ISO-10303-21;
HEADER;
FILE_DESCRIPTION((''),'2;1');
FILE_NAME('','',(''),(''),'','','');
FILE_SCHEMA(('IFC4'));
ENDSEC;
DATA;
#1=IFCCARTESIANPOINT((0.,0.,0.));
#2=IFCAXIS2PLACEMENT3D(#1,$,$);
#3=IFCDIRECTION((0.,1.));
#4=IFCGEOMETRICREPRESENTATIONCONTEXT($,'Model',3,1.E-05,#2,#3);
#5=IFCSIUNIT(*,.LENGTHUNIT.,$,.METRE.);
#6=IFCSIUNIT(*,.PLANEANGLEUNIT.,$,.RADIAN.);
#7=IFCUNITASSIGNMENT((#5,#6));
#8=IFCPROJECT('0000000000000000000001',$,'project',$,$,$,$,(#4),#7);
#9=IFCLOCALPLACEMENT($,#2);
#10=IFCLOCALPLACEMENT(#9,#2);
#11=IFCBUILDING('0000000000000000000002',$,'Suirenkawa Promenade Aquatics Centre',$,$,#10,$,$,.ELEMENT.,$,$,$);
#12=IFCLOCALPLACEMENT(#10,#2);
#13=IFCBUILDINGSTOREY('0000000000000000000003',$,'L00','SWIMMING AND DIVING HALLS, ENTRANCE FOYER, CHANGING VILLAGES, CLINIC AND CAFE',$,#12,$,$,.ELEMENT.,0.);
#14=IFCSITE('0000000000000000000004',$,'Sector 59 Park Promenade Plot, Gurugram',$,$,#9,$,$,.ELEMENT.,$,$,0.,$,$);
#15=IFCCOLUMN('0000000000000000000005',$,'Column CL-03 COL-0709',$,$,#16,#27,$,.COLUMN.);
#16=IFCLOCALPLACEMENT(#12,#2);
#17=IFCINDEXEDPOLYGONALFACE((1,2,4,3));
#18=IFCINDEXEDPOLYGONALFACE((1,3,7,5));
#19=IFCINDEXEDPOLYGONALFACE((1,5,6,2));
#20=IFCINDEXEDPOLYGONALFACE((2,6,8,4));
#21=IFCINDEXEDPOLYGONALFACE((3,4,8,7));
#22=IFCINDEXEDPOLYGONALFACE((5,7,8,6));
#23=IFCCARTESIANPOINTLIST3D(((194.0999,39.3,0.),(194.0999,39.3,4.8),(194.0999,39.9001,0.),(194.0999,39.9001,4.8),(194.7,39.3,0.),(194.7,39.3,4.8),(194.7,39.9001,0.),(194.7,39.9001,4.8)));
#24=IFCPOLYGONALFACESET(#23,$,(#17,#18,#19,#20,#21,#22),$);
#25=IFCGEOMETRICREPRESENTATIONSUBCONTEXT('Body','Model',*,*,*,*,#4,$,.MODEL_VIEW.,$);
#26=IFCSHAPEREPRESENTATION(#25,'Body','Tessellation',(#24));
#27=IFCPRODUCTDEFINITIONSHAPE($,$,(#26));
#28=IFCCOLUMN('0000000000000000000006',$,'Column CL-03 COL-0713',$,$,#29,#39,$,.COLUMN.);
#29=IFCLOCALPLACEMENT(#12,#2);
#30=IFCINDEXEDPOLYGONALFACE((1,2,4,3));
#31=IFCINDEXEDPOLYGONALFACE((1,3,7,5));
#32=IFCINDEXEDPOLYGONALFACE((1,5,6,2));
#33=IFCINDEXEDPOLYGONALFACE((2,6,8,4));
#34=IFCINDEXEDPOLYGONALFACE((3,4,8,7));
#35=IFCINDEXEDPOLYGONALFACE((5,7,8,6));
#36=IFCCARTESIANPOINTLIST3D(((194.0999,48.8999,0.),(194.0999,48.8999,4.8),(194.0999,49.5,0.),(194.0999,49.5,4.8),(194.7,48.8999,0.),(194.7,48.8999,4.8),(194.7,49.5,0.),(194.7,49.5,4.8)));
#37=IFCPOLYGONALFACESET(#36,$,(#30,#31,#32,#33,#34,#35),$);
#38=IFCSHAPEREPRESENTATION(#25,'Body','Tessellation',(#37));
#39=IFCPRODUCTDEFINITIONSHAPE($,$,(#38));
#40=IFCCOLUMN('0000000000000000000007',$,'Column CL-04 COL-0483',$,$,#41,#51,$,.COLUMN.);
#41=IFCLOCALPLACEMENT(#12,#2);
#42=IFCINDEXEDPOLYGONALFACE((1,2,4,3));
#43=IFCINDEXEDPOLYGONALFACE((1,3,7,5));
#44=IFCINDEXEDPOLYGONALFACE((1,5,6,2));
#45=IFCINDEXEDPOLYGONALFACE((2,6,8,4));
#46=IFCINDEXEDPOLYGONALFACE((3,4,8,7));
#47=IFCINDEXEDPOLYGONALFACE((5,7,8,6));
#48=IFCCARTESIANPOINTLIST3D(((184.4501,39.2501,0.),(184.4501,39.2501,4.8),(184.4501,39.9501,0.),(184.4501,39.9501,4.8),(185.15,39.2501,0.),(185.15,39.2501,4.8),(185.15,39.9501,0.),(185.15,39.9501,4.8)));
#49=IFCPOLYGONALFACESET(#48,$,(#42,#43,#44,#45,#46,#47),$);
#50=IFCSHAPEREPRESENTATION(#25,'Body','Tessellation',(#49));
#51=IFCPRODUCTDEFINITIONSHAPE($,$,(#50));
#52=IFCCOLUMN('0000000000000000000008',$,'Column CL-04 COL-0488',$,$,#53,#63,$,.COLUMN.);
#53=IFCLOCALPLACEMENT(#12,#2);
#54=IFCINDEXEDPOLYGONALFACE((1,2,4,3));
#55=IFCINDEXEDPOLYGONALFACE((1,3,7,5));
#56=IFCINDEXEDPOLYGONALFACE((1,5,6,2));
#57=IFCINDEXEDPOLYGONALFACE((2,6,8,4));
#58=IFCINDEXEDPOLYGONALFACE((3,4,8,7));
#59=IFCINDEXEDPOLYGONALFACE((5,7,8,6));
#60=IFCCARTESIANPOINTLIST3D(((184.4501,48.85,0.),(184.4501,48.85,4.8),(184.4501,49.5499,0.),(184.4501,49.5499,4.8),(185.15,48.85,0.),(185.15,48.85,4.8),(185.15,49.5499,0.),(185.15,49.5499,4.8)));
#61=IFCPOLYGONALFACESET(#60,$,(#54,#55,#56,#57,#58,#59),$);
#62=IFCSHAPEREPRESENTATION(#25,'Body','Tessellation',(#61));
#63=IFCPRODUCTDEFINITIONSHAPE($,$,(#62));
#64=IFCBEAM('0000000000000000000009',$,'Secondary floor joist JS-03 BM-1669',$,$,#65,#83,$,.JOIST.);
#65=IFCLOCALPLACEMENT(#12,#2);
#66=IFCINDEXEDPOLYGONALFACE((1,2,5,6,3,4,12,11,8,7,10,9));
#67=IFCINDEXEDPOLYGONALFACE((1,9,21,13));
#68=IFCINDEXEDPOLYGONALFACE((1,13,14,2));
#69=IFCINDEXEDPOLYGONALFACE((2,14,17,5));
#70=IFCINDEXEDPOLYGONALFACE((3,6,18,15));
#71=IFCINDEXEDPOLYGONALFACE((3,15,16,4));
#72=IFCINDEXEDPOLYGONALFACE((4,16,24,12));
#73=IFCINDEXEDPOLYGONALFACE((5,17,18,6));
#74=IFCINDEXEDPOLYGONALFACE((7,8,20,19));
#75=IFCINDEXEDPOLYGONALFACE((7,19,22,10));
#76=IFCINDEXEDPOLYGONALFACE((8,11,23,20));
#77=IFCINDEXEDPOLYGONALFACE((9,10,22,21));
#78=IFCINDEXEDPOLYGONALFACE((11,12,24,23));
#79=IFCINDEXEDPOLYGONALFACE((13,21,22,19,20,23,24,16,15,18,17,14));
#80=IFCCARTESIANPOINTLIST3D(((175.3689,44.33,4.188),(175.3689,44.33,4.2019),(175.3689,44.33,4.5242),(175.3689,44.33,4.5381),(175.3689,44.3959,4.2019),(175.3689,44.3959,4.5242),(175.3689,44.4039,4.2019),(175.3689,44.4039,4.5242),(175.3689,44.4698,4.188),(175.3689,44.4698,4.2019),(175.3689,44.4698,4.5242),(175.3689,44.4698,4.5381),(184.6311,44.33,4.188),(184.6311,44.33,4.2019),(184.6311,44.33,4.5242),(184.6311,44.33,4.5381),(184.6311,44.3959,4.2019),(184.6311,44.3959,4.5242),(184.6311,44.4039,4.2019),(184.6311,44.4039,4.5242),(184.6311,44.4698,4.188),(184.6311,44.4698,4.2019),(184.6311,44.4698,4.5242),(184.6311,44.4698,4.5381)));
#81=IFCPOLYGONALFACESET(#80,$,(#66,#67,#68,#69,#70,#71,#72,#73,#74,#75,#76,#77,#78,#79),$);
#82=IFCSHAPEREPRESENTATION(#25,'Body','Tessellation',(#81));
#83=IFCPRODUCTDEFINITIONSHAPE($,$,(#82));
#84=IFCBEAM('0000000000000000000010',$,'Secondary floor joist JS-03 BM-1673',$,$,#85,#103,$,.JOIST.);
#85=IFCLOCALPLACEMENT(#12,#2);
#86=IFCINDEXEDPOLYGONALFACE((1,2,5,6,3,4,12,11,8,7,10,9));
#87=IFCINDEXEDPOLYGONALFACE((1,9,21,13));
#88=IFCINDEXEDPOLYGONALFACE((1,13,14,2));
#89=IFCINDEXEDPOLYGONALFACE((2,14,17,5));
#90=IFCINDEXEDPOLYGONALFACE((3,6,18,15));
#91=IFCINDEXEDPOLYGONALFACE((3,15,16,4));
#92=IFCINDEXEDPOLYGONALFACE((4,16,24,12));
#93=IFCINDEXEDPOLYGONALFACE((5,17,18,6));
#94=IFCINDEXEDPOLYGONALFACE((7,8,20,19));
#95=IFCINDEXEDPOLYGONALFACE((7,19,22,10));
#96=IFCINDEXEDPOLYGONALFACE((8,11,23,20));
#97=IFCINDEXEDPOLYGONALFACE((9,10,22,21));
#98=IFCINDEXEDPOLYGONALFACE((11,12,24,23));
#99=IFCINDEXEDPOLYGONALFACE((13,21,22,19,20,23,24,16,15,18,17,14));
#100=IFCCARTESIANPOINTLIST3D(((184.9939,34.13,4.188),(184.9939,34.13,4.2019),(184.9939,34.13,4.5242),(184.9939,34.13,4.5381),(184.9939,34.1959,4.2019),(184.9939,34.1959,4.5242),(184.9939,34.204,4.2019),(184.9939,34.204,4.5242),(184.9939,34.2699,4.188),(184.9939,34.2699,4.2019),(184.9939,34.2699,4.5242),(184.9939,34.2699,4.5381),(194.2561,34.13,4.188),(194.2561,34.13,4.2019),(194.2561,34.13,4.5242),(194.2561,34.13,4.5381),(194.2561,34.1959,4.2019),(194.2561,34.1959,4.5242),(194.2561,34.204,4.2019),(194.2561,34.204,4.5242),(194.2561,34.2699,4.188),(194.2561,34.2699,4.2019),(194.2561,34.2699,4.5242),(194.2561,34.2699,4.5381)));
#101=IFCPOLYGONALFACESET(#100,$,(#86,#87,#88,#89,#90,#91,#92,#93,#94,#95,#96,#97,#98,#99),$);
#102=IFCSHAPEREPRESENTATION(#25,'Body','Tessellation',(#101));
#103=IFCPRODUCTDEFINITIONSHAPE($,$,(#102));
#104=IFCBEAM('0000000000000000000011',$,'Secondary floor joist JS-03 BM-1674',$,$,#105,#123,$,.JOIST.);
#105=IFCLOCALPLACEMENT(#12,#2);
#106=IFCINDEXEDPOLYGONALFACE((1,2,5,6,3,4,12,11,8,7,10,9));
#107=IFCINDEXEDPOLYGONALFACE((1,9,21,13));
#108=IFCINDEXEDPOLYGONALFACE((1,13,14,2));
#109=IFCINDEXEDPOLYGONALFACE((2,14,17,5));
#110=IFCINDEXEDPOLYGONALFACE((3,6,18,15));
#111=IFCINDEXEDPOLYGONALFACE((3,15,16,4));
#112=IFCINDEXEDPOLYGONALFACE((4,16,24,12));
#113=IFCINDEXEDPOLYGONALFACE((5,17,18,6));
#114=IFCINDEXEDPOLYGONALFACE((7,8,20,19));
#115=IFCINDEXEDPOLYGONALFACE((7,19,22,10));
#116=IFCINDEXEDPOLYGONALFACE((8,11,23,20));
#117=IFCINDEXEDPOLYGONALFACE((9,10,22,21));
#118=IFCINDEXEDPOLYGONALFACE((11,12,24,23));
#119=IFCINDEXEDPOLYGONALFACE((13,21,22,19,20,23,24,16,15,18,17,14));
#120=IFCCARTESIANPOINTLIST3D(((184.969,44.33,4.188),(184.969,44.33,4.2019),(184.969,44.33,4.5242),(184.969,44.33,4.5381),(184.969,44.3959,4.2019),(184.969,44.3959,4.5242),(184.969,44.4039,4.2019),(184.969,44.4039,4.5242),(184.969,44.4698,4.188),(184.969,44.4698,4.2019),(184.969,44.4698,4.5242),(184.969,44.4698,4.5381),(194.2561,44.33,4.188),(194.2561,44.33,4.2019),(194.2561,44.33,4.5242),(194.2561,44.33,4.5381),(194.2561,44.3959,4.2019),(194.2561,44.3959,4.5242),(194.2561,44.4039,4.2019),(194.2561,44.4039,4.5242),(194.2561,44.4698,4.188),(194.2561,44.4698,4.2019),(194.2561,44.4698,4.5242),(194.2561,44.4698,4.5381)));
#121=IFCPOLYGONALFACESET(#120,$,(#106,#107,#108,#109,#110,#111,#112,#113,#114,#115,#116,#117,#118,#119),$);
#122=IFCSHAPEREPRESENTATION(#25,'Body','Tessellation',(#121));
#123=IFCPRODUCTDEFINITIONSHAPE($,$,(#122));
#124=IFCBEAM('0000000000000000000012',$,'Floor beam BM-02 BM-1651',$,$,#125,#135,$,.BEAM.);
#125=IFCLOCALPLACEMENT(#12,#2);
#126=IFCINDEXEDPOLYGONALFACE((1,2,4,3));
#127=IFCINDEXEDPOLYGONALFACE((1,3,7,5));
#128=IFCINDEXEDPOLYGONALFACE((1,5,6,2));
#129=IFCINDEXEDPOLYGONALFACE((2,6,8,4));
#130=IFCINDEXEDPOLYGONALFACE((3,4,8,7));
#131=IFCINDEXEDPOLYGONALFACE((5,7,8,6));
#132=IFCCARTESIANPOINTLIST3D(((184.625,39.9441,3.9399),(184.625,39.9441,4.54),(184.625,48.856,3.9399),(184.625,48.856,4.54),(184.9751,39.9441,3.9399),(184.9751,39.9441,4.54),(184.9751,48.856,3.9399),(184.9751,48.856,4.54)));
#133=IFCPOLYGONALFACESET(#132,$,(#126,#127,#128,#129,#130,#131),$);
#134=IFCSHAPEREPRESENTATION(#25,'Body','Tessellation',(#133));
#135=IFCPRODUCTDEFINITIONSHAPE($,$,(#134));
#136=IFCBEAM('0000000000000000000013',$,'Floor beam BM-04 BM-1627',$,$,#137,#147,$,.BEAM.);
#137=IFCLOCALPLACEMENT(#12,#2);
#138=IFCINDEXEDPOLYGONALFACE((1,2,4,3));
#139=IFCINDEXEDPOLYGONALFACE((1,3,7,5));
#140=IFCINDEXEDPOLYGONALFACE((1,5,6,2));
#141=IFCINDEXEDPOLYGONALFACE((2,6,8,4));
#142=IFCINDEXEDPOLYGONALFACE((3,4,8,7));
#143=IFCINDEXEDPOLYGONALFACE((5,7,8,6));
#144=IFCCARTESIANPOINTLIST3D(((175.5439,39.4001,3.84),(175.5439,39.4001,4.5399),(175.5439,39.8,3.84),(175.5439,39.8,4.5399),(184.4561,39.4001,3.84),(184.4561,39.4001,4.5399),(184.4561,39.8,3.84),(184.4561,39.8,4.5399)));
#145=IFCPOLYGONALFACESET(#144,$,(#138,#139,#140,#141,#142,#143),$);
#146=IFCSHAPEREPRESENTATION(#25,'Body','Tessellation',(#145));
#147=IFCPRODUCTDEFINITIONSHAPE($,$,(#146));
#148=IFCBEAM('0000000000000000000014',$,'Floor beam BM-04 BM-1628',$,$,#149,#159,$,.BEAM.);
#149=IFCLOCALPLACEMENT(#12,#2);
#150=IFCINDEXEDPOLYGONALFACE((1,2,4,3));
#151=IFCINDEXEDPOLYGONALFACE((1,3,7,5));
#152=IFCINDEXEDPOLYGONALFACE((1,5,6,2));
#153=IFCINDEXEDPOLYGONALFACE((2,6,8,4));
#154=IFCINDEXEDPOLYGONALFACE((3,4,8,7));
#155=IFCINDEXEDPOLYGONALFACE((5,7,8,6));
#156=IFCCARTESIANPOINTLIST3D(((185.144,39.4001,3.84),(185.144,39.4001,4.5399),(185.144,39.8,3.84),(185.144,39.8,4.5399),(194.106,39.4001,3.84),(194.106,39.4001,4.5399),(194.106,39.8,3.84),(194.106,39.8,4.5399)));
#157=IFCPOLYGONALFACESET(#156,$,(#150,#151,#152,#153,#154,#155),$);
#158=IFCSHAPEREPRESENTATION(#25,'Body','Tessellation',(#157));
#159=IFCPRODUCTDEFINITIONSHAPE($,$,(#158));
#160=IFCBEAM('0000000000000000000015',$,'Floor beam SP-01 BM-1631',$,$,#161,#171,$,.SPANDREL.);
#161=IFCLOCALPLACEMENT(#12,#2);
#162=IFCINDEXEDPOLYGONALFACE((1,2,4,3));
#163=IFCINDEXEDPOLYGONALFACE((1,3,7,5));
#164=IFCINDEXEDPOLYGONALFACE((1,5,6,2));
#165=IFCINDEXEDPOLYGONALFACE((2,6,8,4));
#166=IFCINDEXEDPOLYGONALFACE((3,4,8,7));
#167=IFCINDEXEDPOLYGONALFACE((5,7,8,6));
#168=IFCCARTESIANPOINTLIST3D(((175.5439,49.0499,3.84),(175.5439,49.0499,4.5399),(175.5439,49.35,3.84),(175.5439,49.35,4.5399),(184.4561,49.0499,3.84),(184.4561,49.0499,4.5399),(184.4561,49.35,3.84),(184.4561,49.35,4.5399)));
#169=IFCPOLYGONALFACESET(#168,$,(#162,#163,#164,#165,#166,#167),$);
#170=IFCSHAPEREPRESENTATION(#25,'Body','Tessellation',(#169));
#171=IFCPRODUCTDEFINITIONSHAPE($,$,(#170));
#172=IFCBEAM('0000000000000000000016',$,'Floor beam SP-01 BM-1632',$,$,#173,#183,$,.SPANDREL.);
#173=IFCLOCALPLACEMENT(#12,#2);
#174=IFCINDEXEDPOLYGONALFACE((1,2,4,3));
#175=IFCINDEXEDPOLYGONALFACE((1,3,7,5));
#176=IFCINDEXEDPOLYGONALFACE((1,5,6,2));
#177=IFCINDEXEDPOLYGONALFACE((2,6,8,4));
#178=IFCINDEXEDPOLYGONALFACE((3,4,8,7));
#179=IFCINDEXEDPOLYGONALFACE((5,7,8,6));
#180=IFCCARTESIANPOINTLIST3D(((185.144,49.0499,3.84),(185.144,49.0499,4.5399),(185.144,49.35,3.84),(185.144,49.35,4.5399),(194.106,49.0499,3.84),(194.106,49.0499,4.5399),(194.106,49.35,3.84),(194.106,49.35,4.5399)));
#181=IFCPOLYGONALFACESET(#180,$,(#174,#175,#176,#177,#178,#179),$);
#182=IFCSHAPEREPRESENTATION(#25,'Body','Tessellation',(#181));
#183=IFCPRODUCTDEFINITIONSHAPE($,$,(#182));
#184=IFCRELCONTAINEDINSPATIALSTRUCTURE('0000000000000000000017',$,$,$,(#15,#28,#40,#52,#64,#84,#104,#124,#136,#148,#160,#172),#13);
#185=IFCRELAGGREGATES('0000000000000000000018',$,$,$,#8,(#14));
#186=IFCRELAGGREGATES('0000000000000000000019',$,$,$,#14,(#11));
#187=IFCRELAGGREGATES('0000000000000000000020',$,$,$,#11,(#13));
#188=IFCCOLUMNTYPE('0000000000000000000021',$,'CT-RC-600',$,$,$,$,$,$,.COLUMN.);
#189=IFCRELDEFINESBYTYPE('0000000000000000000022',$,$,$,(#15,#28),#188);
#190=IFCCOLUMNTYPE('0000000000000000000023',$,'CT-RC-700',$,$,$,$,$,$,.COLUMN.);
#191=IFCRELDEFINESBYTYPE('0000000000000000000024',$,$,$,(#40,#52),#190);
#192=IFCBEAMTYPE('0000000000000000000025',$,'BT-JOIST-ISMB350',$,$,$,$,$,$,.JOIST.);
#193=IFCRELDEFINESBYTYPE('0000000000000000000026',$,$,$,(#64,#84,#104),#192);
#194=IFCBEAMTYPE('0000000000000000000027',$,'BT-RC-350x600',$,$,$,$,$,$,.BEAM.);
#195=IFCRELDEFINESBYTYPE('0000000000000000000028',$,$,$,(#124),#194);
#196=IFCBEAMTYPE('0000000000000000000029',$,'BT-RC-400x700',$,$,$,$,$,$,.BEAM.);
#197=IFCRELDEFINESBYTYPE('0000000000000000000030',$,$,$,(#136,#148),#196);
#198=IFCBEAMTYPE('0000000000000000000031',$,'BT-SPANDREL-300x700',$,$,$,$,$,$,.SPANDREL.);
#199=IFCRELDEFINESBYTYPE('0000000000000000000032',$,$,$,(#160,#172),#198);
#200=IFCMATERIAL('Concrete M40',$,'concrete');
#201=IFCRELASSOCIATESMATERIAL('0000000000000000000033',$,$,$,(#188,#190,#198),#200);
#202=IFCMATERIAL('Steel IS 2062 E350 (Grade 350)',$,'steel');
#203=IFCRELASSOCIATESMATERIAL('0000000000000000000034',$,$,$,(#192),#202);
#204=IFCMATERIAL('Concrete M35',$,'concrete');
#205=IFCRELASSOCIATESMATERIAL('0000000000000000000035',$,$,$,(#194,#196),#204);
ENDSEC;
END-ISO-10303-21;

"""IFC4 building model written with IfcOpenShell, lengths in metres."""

from ifc_helpers import new_model, si_unit, direction, frame, origin, origin_2d, place, context, subcontext, project, spatial, rectangle, i_section, extrude, material, material_profile, profile_set, type_object, element, save


model = new_model("IFC4")

# Units and contexts
model_context = context("Model", 3, precision=1e-05, world=origin(), true_north=direction((0.0, 1.0)))
body_context = subcontext(model_context, "Body", "Model", "MODEL_VIEW")
ifc_project = project(units=[si_unit("LENGTHUNIT", "METRE"), si_unit("PLANEANGLEUNIT", "RADIAN")], contexts=[model_context])

# Site, building, storey
site_placement = place(None, origin())
site = spatial("IfcSite", under=ifc_project, at=site_placement, Name="Sector 59 Park Promenade Plot, Gurugram", CompositionType="ELEMENT", RefElevation=0.0)
building_placement = place(site_placement, origin())
building = spatial("IfcBuilding", under=site, at=building_placement, Name="Suirenkawa Promenade Aquatics Centre", CompositionType="ELEMENT")
storey_placement = place(building_placement, origin())
storey = spatial("IfcBuildingStorey", under=building, at=storey_placement, Name="L00", Description="SWIMMING AND DIVING HALLS, ENTRANCE FOYER, CHANGING VILLAGES, CLINIC AND CAFE", CompositionType="ELEMENT", Elevation=0.0)

# Columns
ifc_material_1 = material(Name="Concrete M40", Category="concrete")
ifc_material_profile_1 = material_profile(ifc_material_1, rectangle(XDim=0.6001, YDim=0.6001, at=origin_2d()), Name="RC COL 600x600", Category="concrete")
ifc_profile_set_1 = profile_set([ifc_material_profile_1], Name="Concrete M40")
column_type_1 = type_object("IfcColumnType", Name="CT-RC-600", PredefinedType="COLUMN", material=ifc_profile_set_1)
for number, where, z_axis, x_axis, name in (
    (1, (194.3999, 39.6001, 0.0), (0.0, 0.0, 1.0), (1.0, 0.0, 0.0), "Column CL-03 COL-0709"),
    (2, (194.3999, 49.2, 0.0), (0.0, 0.0, 1.0), (1.0, 0.0, 0.0), "Column CL-03 COL-0713"),
):
    element("IfcColumn", number, at=place(storey_placement, frame(where, z_axis=z_axis, x_axis=x_axis)), inside=storey, type_object=column_type_1, Name=name, PredefinedType="COLUMN", context=body_context, shape_type="SweptSolid", body=[
        extrude(rectangle(XDim=0.6001, YDim=0.6001, at=origin_2d()), origin(), (0.0, 0.0, 1.0), 4.8),
    ])
ifc_material_profile_2 = material_profile(ifc_material_1, rectangle(XDim=0.7, YDim=0.7, at=origin_2d()), Name="RC COL 700x700", Category="concrete")
ifc_profile_set_2 = profile_set([ifc_material_profile_2], Name="Concrete M40")
column_type_2 = type_object("IfcColumnType", Name="CT-RC-700", PredefinedType="COLUMN", material=ifc_profile_set_2)
for number, where, z_axis, x_axis, name in (
    (3, (184.8, 39.6001, 0.0), (0.0, 0.0, 1.0), (1.0, 0.0, 0.0), "Column CL-04 COL-0483"),
    (4, (184.8, 49.2, 0.0), (0.0, 0.0, 1.0), (1.0, 0.0, 0.0), "Column CL-04 COL-0488"),
):
    element("IfcColumn", number, at=place(storey_placement, frame(where, z_axis=z_axis, x_axis=x_axis)), inside=storey, type_object=column_type_2, Name=name, PredefinedType="COLUMN", context=body_context, shape_type="SweptSolid", body=[
        extrude(rectangle(XDim=0.7, YDim=0.7, at=origin_2d()), origin(), (0.0, 0.0, 1.0), 4.8),
    ])

# Beams
ifc_material_2 = material(Name="Steel IS 2062 E350 (Grade 350)", Category="steel")
ifc_material_profile_3 = material_profile(ifc_material_2, i_section(OverallWidth=0.1399, OverallDepth=0.3501, WebThickness=0.0081, FlangeThickness=0.0139, at=origin_2d()), Name="ISMB 350", Category="steel")
ifc_profile_set_3 = profile_set([ifc_material_profile_3], Name="Steel IS 2062 E350 (Grade 350)")
beam_type_1 = type_object("IfcBeamType", Name="BT-JOIST-ISMB350", PredefinedType="JOIST", material=ifc_profile_set_3)
for number, where, z_axis, x_axis, name in (
    (5, (175.3689, 44.3999, 4.363), (1.0, 0.0, 0.0), (0.0, 1.0, 0.0), "Secondary floor joist JS-03 BM-1669"),
    (6, (184.9939, 34.2, 4.363), (1.0, 0.0, 0.0), (0.0, 1.0, 0.0), "Secondary floor joist JS-03 BM-1673"),
):
    element("IfcBeam", number, at=place(storey_placement, frame(where, z_axis=z_axis, x_axis=x_axis)), inside=storey, type_object=beam_type_1, Name=name, PredefinedType="JOIST", context=body_context, shape_type="SweptSolid", body=[
        extrude(i_section(OverallWidth=0.1399, OverallDepth=0.3501, WebThickness=0.0081, FlangeThickness=0.0139, at=origin_2d()), origin(), (0.0, 0.0, 1.0), 9.2622),
    ])
beam_1_placement = place(storey_placement, frame((184.969, 44.3999, 4.363), z_axis=(1.0, 0.0, 0.0), x_axis=(0.0, 1.0, 0.0)))
element("IfcBeam", 7, at=beam_1_placement, inside=storey, type_object=beam_type_1, Name="Secondary floor joist JS-03 BM-1674", PredefinedType="JOIST", context=body_context, shape_type="SweptSolid", body=[
    extrude(i_section(OverallWidth=0.1399, OverallDepth=0.3501, WebThickness=0.0081, FlangeThickness=0.0139, at=origin_2d()), origin(), (0.0, 0.0, 1.0), 9.2871),
])
ifc_material_3 = material(Name="Concrete M35", Category="concrete")
ifc_material_profile_4 = material_profile(ifc_material_3, rectangle(XDim=0.3501, YDim=0.6001, at=origin_2d()), Name="RC BM 350x600", Category="concrete")
ifc_profile_set_4 = profile_set([ifc_material_profile_4], Name="Concrete M35")
beam_type_2 = type_object("IfcBeamType", Name="BT-RC-350x600", PredefinedType="BEAM", material=ifc_profile_set_4)
beam_2_placement = place(storey_placement, frame((184.8, 39.9441, 4.24), z_axis=(0.0, 1.0, 0.0), x_axis=(-1.0, 0.0, 0.0)))
element("IfcBeam", 8, at=beam_2_placement, inside=storey, type_object=beam_type_2, Name="Floor beam BM-02 BM-1651", PredefinedType="BEAM", context=body_context, shape_type="SweptSolid", body=[
    extrude(rectangle(XDim=0.3501, YDim=0.6001, at=origin_2d()), origin(), (0.0, 0.0, 1.0), 8.9119),
])
ifc_material_profile_5 = material_profile(ifc_material_3, rectangle(XDim=0.3999, YDim=0.7, at=origin_2d()), Name="RC BM 400x700", Category="concrete")
ifc_profile_set_5 = profile_set([ifc_material_profile_5], Name="Concrete M35")
beam_type_3 = type_object("IfcBeamType", Name="BT-RC-400x700", PredefinedType="BEAM", material=ifc_profile_set_5)
beam_3_placement = place(storey_placement, frame((175.5439, 39.6001, 4.1899), z_axis=(1.0, 0.0, 0.0), x_axis=(0.0, 1.0, 0.0)))
element("IfcBeam", 9, at=beam_3_placement, inside=storey, type_object=beam_type_3, Name="Floor beam BM-04 BM-1627", PredefinedType="BEAM", context=body_context, shape_type="SweptSolid", body=[
    extrude(rectangle(XDim=0.3999, YDim=0.7, at=origin_2d()), origin(), (0.0, 0.0, 1.0), 8.9121),
])
beam_4_placement = place(storey_placement, frame((185.144, 39.6001, 4.1899), z_axis=(1.0, 0.0, 0.0), x_axis=(0.0, 1.0, 0.0)))
element("IfcBeam", 10, at=beam_4_placement, inside=storey, type_object=beam_type_3, Name="Floor beam BM-04 BM-1628", PredefinedType="BEAM", context=body_context, shape_type="SweptSolid", body=[
    extrude(rectangle(XDim=0.3999, YDim=0.7, at=origin_2d()), origin(), (0.0, 0.0, 1.0), 8.9619),
])
ifc_material_profile_6 = material_profile(ifc_material_1, rectangle(XDim=0.3, YDim=0.7, at=origin_2d()), Name="RC SPANDREL 300x700", Category="concrete")
ifc_profile_set_6 = profile_set([ifc_material_profile_6], Name="Concrete M40")
beam_type_4 = type_object("IfcBeamType", Name="BT-SPANDREL-300x700", PredefinedType="SPANDREL", material=ifc_profile_set_6)
beam_5_placement = place(storey_placement, frame((175.5439, 49.2, 4.1899), z_axis=(1.0, 0.0, 0.0), x_axis=(0.0, 1.0, 0.0)))
element("IfcBeam", 11, at=beam_5_placement, inside=storey, type_object=beam_type_4, Name="Floor beam SP-01 BM-1631", PredefinedType="SPANDREL", context=body_context, shape_type="SweptSolid", body=[
    extrude(rectangle(XDim=0.3, YDim=0.7, at=origin_2d()), origin(), (0.0, 0.0, 1.0), 8.9121),
])
beam_6_placement = place(storey_placement, frame((185.144, 49.2, 4.1899), z_axis=(1.0, 0.0, 0.0), x_axis=(0.0, 1.0, 0.0)))
element("IfcBeam", 12, at=beam_6_placement, inside=storey, type_object=beam_type_4, Name="Floor beam SP-01 BM-1632", PredefinedType="SPANDREL", context=body_context, shape_type="SweptSolid", body=[
    extrude(rectangle(XDim=0.3, YDim=0.7, at=origin_2d()), origin(), (0.0, 0.0, 1.0), 8.9619),
])

save(model, "model.ifc")
